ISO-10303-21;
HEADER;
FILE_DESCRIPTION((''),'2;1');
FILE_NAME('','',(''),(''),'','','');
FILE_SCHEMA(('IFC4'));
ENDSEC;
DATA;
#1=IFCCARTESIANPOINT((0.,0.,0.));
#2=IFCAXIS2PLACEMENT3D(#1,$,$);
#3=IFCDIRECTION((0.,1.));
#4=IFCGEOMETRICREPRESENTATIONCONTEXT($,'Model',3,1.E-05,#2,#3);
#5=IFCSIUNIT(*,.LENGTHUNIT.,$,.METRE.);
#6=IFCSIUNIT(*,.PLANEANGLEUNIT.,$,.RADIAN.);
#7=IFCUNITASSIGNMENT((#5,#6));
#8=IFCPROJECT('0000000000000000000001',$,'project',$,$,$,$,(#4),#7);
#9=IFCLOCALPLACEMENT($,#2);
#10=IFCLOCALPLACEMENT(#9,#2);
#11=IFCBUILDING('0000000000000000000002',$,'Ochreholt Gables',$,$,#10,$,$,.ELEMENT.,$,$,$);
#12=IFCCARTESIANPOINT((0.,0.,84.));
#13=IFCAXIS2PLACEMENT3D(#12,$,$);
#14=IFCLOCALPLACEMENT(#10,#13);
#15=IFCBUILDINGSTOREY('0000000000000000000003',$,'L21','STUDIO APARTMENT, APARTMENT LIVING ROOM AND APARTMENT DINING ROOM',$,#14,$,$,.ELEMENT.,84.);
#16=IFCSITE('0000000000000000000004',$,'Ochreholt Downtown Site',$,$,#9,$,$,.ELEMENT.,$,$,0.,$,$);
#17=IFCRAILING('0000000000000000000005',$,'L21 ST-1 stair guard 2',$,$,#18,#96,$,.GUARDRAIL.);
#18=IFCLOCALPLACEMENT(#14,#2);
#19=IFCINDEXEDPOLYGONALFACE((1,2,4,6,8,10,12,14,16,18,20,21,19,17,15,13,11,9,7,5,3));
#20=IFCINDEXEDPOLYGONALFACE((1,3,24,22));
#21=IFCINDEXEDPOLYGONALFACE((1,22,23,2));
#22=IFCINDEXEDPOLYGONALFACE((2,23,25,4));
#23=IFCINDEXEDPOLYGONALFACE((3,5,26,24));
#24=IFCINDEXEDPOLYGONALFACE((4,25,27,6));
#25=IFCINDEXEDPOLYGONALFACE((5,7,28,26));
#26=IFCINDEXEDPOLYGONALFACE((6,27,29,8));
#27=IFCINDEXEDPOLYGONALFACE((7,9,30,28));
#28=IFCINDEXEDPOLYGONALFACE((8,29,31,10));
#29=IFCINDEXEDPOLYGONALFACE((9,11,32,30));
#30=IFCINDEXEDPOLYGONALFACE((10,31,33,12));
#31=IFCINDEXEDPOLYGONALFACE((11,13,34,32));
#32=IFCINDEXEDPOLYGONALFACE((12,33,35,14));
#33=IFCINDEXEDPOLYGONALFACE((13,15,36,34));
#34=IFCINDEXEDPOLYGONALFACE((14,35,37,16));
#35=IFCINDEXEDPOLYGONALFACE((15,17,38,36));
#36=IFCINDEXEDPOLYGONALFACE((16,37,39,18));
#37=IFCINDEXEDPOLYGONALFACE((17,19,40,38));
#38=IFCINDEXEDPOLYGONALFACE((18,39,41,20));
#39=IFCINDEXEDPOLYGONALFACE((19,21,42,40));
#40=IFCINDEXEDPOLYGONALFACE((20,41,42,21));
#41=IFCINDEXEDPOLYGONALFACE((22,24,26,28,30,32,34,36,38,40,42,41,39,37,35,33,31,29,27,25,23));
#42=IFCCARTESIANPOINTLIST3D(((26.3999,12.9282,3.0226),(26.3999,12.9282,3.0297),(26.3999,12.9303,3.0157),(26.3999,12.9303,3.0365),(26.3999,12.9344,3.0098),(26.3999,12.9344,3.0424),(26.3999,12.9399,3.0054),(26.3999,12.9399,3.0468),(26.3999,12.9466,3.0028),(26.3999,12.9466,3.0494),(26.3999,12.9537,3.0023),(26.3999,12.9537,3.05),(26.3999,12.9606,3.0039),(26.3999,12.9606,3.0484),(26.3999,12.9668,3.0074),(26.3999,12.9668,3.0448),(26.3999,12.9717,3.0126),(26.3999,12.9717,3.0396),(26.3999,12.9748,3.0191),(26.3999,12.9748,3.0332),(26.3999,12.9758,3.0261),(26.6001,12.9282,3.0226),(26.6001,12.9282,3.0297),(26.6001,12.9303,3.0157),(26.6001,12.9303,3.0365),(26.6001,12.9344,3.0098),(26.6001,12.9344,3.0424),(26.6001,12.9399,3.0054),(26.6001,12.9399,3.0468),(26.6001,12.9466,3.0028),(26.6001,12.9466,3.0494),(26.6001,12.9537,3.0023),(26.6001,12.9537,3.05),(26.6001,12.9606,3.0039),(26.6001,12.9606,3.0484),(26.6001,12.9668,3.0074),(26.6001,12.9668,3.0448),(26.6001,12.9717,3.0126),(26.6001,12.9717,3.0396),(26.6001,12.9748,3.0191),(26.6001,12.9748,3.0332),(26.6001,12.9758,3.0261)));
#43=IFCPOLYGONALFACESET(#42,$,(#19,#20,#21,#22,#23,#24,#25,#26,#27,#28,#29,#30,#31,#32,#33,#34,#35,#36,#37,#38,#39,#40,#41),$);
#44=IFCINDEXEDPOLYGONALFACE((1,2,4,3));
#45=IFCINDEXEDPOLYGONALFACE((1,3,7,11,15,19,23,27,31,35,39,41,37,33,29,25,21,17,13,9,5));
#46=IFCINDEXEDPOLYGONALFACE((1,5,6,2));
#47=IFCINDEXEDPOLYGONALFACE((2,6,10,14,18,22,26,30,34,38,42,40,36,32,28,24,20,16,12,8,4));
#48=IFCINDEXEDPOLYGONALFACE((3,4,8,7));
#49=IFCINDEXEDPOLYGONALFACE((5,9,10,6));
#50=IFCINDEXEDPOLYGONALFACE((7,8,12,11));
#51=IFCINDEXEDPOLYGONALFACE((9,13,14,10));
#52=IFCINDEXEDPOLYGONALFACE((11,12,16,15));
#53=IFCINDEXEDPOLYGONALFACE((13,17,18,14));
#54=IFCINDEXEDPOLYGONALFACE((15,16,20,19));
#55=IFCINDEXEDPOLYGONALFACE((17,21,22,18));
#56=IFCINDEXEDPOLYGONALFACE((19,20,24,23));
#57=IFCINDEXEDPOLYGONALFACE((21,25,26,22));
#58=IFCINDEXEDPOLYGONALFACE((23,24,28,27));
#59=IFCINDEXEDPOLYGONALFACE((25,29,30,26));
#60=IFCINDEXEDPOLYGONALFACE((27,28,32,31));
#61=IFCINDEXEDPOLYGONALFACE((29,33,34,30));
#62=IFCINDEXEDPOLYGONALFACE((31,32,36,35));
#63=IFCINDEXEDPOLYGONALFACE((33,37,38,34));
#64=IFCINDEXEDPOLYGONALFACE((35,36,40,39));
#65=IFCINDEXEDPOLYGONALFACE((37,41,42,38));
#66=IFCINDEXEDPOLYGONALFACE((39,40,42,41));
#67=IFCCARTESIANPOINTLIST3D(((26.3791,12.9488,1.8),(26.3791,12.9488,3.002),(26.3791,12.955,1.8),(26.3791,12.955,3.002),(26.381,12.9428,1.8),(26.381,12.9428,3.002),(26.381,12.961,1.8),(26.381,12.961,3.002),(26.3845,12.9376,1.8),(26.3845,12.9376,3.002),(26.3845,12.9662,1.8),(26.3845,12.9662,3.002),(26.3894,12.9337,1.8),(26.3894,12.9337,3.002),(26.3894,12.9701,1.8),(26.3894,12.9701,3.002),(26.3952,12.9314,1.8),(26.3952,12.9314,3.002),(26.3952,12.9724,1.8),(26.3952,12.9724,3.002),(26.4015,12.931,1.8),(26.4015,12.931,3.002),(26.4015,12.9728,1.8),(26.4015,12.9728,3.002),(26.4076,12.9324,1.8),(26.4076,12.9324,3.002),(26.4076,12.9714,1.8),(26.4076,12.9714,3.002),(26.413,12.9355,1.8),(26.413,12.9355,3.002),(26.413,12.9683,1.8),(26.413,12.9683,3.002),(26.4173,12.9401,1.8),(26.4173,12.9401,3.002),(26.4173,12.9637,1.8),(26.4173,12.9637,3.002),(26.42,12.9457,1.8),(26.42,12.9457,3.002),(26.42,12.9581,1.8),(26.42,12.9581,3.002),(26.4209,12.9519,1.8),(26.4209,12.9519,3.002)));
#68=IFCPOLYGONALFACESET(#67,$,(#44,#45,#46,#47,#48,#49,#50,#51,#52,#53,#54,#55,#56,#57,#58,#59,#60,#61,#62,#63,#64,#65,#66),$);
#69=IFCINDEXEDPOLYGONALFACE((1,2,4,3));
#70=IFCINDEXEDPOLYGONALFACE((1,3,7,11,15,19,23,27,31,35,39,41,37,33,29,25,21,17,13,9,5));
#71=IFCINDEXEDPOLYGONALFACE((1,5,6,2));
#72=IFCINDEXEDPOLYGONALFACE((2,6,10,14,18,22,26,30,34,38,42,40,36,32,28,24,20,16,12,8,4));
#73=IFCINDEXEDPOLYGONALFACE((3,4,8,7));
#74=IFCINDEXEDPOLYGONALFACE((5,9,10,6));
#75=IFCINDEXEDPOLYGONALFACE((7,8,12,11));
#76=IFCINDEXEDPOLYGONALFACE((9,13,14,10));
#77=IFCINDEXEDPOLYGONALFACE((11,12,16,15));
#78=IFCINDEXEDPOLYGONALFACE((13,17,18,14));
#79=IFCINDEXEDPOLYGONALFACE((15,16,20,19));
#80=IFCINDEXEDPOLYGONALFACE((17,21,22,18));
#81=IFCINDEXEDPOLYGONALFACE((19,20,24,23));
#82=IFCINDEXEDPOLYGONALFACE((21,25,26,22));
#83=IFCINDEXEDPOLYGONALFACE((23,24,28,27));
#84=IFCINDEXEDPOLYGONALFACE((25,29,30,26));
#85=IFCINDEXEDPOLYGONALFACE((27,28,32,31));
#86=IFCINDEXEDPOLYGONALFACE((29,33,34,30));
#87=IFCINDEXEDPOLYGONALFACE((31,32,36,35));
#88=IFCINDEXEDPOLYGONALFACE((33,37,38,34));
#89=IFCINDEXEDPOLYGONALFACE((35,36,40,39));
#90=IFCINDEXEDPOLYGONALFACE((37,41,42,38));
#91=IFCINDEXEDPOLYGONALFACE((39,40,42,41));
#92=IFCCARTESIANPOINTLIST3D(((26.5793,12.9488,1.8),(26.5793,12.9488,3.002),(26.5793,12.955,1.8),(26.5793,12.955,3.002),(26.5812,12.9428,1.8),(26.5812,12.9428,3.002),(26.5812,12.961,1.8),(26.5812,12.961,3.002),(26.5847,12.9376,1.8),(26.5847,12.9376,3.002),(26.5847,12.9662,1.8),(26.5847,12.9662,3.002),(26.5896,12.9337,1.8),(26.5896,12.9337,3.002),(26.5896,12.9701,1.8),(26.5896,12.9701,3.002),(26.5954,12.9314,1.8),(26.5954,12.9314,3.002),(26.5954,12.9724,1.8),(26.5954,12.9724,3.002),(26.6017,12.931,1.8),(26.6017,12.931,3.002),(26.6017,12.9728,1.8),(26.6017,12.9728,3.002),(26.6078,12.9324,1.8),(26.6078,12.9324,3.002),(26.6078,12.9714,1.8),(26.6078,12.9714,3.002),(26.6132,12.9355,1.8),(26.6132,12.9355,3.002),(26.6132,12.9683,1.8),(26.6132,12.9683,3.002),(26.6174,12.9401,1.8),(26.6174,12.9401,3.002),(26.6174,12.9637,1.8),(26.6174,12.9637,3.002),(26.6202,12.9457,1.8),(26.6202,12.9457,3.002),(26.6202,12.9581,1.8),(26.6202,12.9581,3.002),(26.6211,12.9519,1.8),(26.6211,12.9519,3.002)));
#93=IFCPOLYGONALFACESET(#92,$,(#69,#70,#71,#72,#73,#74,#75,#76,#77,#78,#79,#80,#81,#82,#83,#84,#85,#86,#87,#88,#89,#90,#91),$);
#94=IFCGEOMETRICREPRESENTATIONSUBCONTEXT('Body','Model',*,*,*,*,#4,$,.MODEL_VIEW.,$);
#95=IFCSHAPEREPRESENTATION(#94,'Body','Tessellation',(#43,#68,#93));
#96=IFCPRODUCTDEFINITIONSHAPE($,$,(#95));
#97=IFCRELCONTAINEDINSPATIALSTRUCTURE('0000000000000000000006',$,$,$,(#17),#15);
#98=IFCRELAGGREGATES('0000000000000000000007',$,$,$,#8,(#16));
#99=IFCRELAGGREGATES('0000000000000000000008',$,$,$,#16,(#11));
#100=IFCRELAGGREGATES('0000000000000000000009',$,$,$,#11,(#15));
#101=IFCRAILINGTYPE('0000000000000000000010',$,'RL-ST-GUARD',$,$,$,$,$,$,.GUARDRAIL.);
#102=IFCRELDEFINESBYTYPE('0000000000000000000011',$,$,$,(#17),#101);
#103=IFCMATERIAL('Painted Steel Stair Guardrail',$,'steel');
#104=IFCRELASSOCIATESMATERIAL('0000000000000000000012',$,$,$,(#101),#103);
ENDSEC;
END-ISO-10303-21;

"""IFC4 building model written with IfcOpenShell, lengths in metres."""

from ifc_helpers import new_model, si_unit, direction, frame, origin, origin_2d, place, context, subcontext, project, spatial, circle, extrude, material, type_object, element, save


model = new_model("IFC4")

# Units and contexts
model_context = context("Model", 3, precision=1e-05, world=origin(), true_north=direction((0.0, 1.0)))
body_context = subcontext(model_context, "Body", "Model", "MODEL_VIEW")
ifc_project = project(units=[si_unit("LENGTHUNIT", "METRE"), si_unit("PLANEANGLEUNIT", "RADIAN")], contexts=[model_context])

# Site, building, storey
site_placement = place(None, origin())
site = spatial("IfcSite", under=ifc_project, at=site_placement, Name="Ochreholt Downtown Site", CompositionType="ELEMENT", RefElevation=0.0)
building_placement = place(site_placement, origin())
building = spatial("IfcBuilding", under=site, at=building_placement, Name="Ochreholt Gables", CompositionType="ELEMENT")
storey_placement = place(building_placement, frame((0.0, 0.0, 84.0)))
storey = spatial("IfcBuildingStorey", under=building, at=storey_placement, Name="L21", Description="STUDIO APARTMENT, APARTMENT LIVING ROOM AND APARTMENT DINING ROOM", CompositionType="ELEMENT", Elevation=84.0)

# Railing
ifc_material_1 = material(Name="Painted Steel Stair Guardrail", Category="steel")
railing_type_1 = type_object("IfcRailingType", Name="RL-ST-GUARD", PredefinedType="GUARDRAIL", material=ifc_material_1)
railing_1_placement = place(storey_placement, frame((26.3999, 12.9519, 1.8)))
element("IfcRailing", 1, at=railing_1_placement, inside=storey, type_object=railing_type_1, Name="L21 ST-1 stair guard 2", PredefinedType="GUARDRAIL", context=body_context, shape_type="SweptSolid", body=[
    extrude(circle(Radius=0.0239, at=origin_2d()), frame((0.0, 0.0, 1.2261), z_axis=(1.0, 0.0, 0.0), x_axis=(0.0, 1.0, 0.0)), (0.0, 0.0, 1.0), 0.2002),
    extrude(circle(Radius=0.021, at=origin_2d()), origin(), (0.0, 0.0, 1.0), 1.2019),
    extrude(circle(Radius=0.021, at=origin_2d()), frame((0.2002, 0.0, 0.0)), (0.0, 0.0, 1.0), 1.2019),
])

save(model, "model.ifc")
